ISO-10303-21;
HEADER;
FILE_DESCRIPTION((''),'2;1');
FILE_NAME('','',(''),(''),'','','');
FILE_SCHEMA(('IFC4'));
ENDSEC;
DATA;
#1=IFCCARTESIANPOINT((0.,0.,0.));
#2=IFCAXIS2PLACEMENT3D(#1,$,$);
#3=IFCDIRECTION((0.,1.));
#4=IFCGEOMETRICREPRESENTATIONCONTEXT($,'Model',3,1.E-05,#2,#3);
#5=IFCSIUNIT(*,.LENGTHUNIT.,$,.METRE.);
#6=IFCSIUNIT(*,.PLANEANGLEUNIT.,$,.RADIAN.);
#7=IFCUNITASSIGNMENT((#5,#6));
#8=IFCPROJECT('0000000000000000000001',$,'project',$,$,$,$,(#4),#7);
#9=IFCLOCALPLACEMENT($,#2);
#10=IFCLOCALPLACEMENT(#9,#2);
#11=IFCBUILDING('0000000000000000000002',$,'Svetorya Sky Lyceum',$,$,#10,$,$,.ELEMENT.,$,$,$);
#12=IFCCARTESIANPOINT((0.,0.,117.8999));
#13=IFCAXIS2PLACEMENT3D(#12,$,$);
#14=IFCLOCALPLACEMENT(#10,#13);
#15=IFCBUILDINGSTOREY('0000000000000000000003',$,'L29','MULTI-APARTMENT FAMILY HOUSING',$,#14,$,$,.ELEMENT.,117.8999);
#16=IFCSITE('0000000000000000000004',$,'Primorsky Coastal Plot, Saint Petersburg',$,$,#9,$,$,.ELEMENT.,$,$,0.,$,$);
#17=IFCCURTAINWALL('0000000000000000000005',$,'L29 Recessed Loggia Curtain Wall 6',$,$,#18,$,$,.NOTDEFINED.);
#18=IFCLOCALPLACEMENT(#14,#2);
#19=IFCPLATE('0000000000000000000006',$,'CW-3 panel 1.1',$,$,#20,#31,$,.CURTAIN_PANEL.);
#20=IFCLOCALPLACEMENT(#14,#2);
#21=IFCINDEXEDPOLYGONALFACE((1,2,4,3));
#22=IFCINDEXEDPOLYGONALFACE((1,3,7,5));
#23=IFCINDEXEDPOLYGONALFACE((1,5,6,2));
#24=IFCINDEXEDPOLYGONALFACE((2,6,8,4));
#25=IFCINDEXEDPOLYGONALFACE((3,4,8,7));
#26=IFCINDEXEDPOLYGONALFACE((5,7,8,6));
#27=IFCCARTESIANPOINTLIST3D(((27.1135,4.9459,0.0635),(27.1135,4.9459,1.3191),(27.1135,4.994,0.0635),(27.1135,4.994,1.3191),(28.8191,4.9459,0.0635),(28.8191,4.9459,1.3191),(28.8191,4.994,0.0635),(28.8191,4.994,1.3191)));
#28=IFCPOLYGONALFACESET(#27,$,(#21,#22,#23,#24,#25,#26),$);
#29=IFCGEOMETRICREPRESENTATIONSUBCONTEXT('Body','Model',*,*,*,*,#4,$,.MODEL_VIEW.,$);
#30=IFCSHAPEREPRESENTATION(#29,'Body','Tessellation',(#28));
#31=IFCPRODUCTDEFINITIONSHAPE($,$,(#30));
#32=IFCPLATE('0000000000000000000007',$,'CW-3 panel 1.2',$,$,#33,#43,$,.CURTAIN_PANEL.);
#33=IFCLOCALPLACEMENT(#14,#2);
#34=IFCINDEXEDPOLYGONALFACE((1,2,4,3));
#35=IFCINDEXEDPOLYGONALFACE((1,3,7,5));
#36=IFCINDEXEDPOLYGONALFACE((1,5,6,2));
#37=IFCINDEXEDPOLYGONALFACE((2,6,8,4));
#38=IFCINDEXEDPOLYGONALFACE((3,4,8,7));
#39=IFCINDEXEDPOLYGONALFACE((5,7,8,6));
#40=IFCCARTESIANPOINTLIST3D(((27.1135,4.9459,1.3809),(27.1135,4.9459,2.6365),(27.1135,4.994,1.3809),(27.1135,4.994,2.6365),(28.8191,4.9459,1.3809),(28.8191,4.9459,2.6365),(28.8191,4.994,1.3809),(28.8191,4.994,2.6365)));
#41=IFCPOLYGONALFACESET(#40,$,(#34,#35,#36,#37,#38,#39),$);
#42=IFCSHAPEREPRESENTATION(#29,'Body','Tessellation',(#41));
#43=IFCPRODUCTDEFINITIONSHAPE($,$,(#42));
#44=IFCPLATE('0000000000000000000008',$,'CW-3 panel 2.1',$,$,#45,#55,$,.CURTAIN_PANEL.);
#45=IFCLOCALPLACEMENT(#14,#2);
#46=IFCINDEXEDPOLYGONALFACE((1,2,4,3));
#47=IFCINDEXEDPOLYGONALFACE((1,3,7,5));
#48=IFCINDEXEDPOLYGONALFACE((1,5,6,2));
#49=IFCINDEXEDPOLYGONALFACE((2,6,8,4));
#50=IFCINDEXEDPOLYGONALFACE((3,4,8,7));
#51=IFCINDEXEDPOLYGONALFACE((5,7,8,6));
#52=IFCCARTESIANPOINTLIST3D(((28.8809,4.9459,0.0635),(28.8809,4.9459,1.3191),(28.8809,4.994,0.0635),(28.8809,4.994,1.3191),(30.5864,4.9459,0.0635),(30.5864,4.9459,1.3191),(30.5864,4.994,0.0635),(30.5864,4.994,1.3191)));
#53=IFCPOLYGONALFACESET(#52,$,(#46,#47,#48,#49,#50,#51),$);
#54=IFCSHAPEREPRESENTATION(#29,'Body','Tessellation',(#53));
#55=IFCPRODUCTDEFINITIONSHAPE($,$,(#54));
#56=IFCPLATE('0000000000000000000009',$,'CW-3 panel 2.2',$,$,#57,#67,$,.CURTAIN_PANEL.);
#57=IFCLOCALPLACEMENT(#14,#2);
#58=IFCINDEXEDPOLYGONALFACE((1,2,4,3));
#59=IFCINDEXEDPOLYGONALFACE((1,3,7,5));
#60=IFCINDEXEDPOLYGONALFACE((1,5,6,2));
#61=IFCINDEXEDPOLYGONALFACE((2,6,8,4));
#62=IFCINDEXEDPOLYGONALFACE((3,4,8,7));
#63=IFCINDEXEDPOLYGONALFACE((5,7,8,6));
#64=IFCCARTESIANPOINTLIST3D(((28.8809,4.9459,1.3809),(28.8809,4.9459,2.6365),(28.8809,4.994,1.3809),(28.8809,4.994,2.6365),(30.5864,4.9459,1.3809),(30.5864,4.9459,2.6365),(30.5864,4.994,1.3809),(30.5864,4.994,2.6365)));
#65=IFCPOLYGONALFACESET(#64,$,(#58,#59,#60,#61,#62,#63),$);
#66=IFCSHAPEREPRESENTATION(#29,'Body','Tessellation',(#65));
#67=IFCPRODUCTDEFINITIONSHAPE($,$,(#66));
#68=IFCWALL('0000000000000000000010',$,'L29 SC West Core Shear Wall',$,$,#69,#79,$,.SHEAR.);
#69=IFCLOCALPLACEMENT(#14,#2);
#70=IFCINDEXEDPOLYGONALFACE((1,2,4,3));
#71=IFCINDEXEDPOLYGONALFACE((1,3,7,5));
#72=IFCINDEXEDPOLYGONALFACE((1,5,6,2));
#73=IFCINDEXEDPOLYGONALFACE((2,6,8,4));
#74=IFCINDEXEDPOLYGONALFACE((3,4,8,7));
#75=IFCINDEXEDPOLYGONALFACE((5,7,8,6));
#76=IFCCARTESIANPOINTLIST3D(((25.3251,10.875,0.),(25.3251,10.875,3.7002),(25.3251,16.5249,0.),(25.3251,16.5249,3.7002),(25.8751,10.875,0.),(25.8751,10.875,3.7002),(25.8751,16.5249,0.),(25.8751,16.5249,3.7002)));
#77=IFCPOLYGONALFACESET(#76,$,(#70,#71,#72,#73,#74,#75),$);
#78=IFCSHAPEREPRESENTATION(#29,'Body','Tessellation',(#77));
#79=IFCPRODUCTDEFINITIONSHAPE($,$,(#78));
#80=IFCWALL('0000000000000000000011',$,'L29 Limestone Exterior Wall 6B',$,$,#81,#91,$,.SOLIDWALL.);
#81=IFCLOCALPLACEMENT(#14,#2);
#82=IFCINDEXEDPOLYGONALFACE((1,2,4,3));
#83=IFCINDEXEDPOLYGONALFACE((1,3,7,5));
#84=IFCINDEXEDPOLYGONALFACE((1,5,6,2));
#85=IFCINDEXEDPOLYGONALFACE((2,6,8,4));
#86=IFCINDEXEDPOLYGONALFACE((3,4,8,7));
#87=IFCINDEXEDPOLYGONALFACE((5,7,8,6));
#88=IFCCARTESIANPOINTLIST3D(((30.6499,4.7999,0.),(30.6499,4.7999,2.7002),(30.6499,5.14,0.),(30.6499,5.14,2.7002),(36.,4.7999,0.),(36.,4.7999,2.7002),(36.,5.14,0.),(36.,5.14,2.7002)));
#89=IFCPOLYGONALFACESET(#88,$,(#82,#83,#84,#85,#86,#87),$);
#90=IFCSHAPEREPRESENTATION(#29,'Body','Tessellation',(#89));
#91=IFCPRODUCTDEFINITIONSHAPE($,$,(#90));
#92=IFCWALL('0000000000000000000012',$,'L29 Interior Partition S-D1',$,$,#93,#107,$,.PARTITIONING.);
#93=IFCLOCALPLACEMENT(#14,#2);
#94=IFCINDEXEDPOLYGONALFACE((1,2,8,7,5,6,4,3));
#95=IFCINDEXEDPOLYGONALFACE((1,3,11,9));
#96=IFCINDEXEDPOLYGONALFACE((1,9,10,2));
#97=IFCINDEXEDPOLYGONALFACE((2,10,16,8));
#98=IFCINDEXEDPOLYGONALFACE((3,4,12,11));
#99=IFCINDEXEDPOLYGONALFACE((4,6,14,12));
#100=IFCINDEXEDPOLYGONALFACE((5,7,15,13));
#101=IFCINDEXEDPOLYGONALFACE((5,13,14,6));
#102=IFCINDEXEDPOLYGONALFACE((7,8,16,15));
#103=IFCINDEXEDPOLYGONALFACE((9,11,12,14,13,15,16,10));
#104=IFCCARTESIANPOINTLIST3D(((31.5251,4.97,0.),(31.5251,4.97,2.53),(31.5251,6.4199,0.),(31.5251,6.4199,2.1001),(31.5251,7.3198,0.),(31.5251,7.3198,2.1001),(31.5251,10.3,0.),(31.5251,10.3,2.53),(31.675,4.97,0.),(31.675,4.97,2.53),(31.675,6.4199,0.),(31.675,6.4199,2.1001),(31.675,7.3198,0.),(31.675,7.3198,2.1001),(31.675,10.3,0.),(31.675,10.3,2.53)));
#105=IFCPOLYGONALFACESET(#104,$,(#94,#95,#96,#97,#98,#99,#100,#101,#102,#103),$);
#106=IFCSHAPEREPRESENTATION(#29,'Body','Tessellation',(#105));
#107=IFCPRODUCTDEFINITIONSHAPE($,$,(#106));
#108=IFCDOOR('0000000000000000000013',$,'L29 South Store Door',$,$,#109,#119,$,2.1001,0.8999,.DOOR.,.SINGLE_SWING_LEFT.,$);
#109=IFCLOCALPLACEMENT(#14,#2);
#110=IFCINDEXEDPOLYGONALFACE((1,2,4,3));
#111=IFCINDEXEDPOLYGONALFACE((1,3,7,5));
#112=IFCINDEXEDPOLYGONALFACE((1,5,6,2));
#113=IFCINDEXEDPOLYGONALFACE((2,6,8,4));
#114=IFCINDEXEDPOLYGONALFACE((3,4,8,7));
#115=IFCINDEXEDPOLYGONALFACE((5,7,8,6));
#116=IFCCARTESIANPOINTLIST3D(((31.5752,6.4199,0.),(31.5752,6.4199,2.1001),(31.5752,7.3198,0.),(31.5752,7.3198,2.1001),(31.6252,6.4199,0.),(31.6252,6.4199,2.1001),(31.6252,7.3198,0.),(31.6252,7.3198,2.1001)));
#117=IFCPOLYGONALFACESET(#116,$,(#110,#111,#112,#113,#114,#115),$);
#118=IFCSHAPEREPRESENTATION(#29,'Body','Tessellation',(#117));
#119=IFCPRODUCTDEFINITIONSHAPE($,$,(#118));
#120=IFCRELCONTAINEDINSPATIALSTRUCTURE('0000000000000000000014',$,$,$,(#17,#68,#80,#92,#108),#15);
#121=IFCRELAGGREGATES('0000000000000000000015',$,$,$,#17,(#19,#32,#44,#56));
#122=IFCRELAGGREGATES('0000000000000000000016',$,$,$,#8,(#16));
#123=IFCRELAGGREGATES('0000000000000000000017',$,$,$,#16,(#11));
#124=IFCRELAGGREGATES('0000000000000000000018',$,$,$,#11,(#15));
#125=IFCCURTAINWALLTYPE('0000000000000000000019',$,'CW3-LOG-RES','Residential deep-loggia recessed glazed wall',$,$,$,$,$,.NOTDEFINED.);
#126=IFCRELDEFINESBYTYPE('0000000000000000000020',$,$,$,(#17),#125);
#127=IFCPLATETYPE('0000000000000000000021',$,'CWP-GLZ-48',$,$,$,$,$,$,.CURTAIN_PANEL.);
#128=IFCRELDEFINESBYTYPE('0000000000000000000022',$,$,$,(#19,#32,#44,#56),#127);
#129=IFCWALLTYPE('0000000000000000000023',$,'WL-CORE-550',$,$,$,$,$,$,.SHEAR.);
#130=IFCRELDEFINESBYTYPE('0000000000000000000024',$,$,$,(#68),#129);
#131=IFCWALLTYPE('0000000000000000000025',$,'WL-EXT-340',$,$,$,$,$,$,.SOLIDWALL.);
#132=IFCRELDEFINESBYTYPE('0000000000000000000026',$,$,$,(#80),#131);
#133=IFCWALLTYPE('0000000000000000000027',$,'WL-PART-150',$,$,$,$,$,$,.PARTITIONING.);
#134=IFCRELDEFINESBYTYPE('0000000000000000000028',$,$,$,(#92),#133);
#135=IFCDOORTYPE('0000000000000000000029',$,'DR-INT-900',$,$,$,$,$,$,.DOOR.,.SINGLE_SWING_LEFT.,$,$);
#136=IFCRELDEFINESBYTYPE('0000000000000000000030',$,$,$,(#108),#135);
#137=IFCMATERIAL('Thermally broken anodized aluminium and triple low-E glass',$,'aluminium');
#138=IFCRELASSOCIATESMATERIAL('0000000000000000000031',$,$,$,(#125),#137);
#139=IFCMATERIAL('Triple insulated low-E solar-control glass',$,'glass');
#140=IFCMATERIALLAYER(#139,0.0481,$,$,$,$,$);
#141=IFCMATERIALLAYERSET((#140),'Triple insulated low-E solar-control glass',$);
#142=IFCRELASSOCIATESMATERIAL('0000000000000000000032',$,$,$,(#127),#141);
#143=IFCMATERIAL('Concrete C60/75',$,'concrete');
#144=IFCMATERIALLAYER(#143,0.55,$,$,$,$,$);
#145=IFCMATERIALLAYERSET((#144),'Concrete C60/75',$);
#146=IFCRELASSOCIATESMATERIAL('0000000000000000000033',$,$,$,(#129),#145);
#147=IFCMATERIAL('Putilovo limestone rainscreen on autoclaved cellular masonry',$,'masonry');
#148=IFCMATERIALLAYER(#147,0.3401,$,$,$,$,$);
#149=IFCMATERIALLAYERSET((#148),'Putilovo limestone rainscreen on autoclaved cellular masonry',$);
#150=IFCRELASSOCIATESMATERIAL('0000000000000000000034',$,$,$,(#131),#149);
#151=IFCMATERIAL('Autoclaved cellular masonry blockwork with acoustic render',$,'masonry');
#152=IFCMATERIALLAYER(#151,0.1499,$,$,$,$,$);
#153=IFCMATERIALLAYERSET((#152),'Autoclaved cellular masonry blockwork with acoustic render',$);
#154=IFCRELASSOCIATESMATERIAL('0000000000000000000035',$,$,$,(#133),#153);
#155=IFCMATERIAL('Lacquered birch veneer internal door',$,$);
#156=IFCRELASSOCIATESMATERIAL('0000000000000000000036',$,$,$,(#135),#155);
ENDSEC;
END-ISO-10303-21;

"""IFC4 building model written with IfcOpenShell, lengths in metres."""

from ifc_helpers import new_model, si_unit, direction, frame, frame_2d, origin, origin_2d, place, context, subcontext, project, spatial, rectangle, extrude, material, layer, layer_set, type_object, element, fill, aggregate, save


model = new_model("IFC4")

# Units and contexts
model_context = context("Model", 3, precision=1e-05, world=origin(), true_north=direction((0.0, 1.0)))
body_context = subcontext(model_context, "Body", "Model", "MODEL_VIEW")
ifc_project = project(units=[si_unit("LENGTHUNIT", "METRE"), si_unit("PLANEANGLEUNIT", "RADIAN")], contexts=[model_context])

# Site, building, storey
site_placement = place(None, origin())
site = spatial("IfcSite", under=ifc_project, at=site_placement, Name="Primorsky Coastal Plot, Saint Petersburg", CompositionType="ELEMENT", RefElevation=0.0)
building_placement = place(site_placement, origin())
building = spatial("IfcBuilding", under=site, at=building_placement, Name="Svetorya Sky Lyceum", CompositionType="ELEMENT")
storey_placement = place(building_placement, frame((0.0, 0.0, 117.8999)))
storey = spatial("IfcBuildingStorey", under=building, at=storey_placement, Name="L29", Description="MULTI-APARTMENT FAMILY HOUSING", CompositionType="ELEMENT", Elevation=117.8999)

# Curtain wall, plates
ifc_material_1 = material(Name="Thermally broken anodized aluminium and triple low-E glass", Category="aluminium")
curtain_wall_type = type_object("IfcCurtainWallType", Name="CW3-LOG-RES", Description="Residential deep-loggia recessed glazed wall", PredefinedType="NOTDEFINED", material=ifc_material_1)
curtain_wall_placement = place(storey_placement, origin())
curtain_wall = element("IfcCurtainWall", 1, at=curtain_wall_placement, inside=storey, type_object=curtain_wall_type, Name="L29 Recessed Loggia Curtain Wall 6", PredefinedType="NOTDEFINED")
ifc_material_2 = material(Name="Triple insulated low-E solar-control glass", Category="glass")
ifc_layer_1 = layer(ifc_material_2, 0.0481)
ifc_layer_set_1 = layer_set([ifc_layer_1], Name="Triple insulated low-E solar-control glass")
plate_type = type_object("IfcPlateType", Name="CWP-GLZ-48", PredefinedType="CURTAIN_PANEL", material=ifc_layer_set_1)
plate_1_placement = place(storey_placement, frame((27.9663, 4.97, 0.0635), z_axis=(0.0, 0.0, 1.0), x_axis=(1.0, 0.0, 0.0)))
plate_1 = element("IfcPlate", 2, at=plate_1_placement, type_object=plate_type, Name="CW-3 panel 1.1", PredefinedType="CURTAIN_PANEL", context=body_context, shape_type="SweptSolid", body=[
    extrude(rectangle(XDim=1.7056, YDim=0.0481, at=origin_2d()), origin(), (0.0, 0.0, 1.0), 1.2556),
])
plate_2_placement = place(storey_placement, frame((27.9663, 4.97, 1.3809), z_axis=(0.0, 0.0, 1.0), x_axis=(1.0, 0.0, 0.0)))
plate_2 = element("IfcPlate", 3, at=plate_2_placement, type_object=plate_type, Name="CW-3 panel 1.2", PredefinedType="CURTAIN_PANEL", context=body_context, shape_type="SweptSolid", body=[
    extrude(rectangle(XDim=1.7056, YDim=0.0481, at=origin_2d()), origin(), (0.0, 0.0, 1.0), 1.2556),
])
plate_3_placement = place(storey_placement, frame((29.7336, 4.97, 0.0635), z_axis=(0.0, 0.0, 1.0), x_axis=(1.0, 0.0, 0.0)))
plate_3 = element("IfcPlate", 4, at=plate_3_placement, type_object=plate_type, Name="CW-3 panel 2.1", PredefinedType="CURTAIN_PANEL", context=body_context, shape_type="SweptSolid", body=[
    extrude(rectangle(XDim=1.7056, YDim=0.0481, at=origin_2d()), origin(), (0.0, 0.0, 1.0), 1.2556),
])
plate_4_placement = place(storey_placement, frame((29.7336, 4.97, 1.3809), z_axis=(0.0, 0.0, 1.0), x_axis=(1.0, 0.0, 0.0)))
plate_4 = element("IfcPlate", 5, at=plate_4_placement, type_object=plate_type, Name="CW-3 panel 2.2", PredefinedType="CURTAIN_PANEL", context=body_context, shape_type="SweptSolid", body=[
    extrude(rectangle(XDim=1.7056, YDim=0.0481, at=origin_2d()), origin(), (0.0, 0.0, 1.0), 1.2556),
])
aggregate(curtain_wall, [plate_1, plate_2, plate_3, plate_4])

# Walls
ifc_material_3 = material(Name="Concrete C60/75", Category="concrete")
ifc_layer_2 = layer(ifc_material_3, 0.55)
ifc_layer_set_2 = layer_set([ifc_layer_2], Name="Concrete C60/75")
wall_type_1 = type_object("IfcWallType", Name="WL-CORE-550", PredefinedType="SHEAR", material=ifc_layer_set_2)
wall_1_placement = place(storey_placement, frame((25.6001, 10.875, 0.0), z_axis=(0.0, 0.0, 1.0), x_axis=(0.0, 1.0, 0.0)))
element("IfcWall", 6, at=wall_1_placement, inside=storey, type_object=wall_type_1, Name="L29 SC West Core Shear Wall", PredefinedType="SHEAR", context=body_context, shape_type="SweptSolid", body=[
    extrude(rectangle(XDim=5.6499, YDim=0.55, at=frame_2d((2.825, 0.0))), origin(), (0.0, 0.0, 1.0), 3.7002),
])
ifc_material_4 = material(Name="Putilovo limestone rainscreen on autoclaved cellular masonry", Category="masonry")
ifc_layer_3 = layer(ifc_material_4, 0.3401)
ifc_layer_set_3 = layer_set([ifc_layer_3], Name="Putilovo limestone rainscreen on autoclaved cellular masonry")
wall_type_2 = type_object("IfcWallType", Name="WL-EXT-340", PredefinedType="SOLIDWALL", material=ifc_layer_set_3)
wall_2_placement = place(storey_placement, frame((30.6499, 4.97, 0.0), z_axis=(0.0, 0.0, 1.0), x_axis=(1.0, 0.0, 0.0)))
element("IfcWall", 7, at=wall_2_placement, inside=storey, type_object=wall_type_2, Name="L29 Limestone Exterior Wall 6B", PredefinedType="SOLIDWALL", context=body_context, shape_type="SweptSolid", body=[
    extrude(rectangle(XDim=5.3501, YDim=0.3401, at=frame_2d((2.675, 0.0))), origin(), (0.0, 0.0, 1.0), 2.7002),
])

# Wall, opening, door
ifc_material_5 = material(Name="Autoclaved cellular masonry blockwork with acoustic render", Category="masonry")
ifc_layer_4 = layer(ifc_material_5, 0.1499)
ifc_layer_set_4 = layer_set([ifc_layer_4], Name="Autoclaved cellular masonry blockwork with acoustic render")
wall_type_3 = type_object("IfcWallType", Name="WL-PART-150", PredefinedType="PARTITIONING", material=ifc_layer_set_4)
wall_3_placement = place(storey_placement, frame((31.6001, 4.97, 0.0), z_axis=(0.0, 0.0, 1.0), x_axis=(0.0, 1.0, 0.0)))
wall_3 = element("IfcWall", 8, at=wall_3_placement, inside=storey, type_object=wall_type_3, Name="L29 Interior Partition S-D1", PredefinedType="PARTITIONING", context=body_context, shape_type="SweptSolid", body=[
    extrude(rectangle(XDim=5.3301, YDim=0.1499, at=frame_2d((2.665, 0.0))), origin(), (0.0, 0.0, 1.0), 2.53),
])
opening_placement = place(wall_3_placement, frame((1.45, 0.0, 0.0)))
opening = element("IfcOpeningElement", 9, at=opening_placement, cuts=wall_3, PredefinedType="OPENING", context=body_context, shape_type="SweptSolid", body=[
    extrude(rectangle(XDim=0.8999, YDim=2.1001, at=frame_2d((0.45, 1.05))), frame((0.0, 0.085, 0.0), z_axis=(0.0, -1.0, 0.0), x_axis=(1.0, 0.0, 0.0)), (0.0, 0.0, 1.0), 0.1699),
])
ifc_material_6 = material(Name="Lacquered birch veneer internal door")
door_type = type_object("IfcDoorType", Name="DR-INT-900", OperationType="SINGLE_SWING_LEFT", PredefinedType="DOOR", material=ifc_material_6)
door_placement = place(opening_placement, origin())
door = element("IfcDoor", 10, at=door_placement, inside=storey, type_object=door_type, Name="L29 South Store Door", OperationType="SINGLE_SWING_LEFT", OverallHeight=2.1001, OverallWidth=0.8999, PredefinedType="DOOR", context=body_context, shape_type="SweptSolid", body=[
    extrude(rectangle(XDim=0.8999, YDim=2.1001, at=frame_2d((0.45, 1.05))), frame((0.0, 0.0249, 0.0), z_axis=(0.0, -1.0, 0.0), x_axis=(1.0, 0.0, 0.0)), (0.0, 0.0, 1.0), 0.05),
])
fill(opening, door)

save(model, "model.ifc")
